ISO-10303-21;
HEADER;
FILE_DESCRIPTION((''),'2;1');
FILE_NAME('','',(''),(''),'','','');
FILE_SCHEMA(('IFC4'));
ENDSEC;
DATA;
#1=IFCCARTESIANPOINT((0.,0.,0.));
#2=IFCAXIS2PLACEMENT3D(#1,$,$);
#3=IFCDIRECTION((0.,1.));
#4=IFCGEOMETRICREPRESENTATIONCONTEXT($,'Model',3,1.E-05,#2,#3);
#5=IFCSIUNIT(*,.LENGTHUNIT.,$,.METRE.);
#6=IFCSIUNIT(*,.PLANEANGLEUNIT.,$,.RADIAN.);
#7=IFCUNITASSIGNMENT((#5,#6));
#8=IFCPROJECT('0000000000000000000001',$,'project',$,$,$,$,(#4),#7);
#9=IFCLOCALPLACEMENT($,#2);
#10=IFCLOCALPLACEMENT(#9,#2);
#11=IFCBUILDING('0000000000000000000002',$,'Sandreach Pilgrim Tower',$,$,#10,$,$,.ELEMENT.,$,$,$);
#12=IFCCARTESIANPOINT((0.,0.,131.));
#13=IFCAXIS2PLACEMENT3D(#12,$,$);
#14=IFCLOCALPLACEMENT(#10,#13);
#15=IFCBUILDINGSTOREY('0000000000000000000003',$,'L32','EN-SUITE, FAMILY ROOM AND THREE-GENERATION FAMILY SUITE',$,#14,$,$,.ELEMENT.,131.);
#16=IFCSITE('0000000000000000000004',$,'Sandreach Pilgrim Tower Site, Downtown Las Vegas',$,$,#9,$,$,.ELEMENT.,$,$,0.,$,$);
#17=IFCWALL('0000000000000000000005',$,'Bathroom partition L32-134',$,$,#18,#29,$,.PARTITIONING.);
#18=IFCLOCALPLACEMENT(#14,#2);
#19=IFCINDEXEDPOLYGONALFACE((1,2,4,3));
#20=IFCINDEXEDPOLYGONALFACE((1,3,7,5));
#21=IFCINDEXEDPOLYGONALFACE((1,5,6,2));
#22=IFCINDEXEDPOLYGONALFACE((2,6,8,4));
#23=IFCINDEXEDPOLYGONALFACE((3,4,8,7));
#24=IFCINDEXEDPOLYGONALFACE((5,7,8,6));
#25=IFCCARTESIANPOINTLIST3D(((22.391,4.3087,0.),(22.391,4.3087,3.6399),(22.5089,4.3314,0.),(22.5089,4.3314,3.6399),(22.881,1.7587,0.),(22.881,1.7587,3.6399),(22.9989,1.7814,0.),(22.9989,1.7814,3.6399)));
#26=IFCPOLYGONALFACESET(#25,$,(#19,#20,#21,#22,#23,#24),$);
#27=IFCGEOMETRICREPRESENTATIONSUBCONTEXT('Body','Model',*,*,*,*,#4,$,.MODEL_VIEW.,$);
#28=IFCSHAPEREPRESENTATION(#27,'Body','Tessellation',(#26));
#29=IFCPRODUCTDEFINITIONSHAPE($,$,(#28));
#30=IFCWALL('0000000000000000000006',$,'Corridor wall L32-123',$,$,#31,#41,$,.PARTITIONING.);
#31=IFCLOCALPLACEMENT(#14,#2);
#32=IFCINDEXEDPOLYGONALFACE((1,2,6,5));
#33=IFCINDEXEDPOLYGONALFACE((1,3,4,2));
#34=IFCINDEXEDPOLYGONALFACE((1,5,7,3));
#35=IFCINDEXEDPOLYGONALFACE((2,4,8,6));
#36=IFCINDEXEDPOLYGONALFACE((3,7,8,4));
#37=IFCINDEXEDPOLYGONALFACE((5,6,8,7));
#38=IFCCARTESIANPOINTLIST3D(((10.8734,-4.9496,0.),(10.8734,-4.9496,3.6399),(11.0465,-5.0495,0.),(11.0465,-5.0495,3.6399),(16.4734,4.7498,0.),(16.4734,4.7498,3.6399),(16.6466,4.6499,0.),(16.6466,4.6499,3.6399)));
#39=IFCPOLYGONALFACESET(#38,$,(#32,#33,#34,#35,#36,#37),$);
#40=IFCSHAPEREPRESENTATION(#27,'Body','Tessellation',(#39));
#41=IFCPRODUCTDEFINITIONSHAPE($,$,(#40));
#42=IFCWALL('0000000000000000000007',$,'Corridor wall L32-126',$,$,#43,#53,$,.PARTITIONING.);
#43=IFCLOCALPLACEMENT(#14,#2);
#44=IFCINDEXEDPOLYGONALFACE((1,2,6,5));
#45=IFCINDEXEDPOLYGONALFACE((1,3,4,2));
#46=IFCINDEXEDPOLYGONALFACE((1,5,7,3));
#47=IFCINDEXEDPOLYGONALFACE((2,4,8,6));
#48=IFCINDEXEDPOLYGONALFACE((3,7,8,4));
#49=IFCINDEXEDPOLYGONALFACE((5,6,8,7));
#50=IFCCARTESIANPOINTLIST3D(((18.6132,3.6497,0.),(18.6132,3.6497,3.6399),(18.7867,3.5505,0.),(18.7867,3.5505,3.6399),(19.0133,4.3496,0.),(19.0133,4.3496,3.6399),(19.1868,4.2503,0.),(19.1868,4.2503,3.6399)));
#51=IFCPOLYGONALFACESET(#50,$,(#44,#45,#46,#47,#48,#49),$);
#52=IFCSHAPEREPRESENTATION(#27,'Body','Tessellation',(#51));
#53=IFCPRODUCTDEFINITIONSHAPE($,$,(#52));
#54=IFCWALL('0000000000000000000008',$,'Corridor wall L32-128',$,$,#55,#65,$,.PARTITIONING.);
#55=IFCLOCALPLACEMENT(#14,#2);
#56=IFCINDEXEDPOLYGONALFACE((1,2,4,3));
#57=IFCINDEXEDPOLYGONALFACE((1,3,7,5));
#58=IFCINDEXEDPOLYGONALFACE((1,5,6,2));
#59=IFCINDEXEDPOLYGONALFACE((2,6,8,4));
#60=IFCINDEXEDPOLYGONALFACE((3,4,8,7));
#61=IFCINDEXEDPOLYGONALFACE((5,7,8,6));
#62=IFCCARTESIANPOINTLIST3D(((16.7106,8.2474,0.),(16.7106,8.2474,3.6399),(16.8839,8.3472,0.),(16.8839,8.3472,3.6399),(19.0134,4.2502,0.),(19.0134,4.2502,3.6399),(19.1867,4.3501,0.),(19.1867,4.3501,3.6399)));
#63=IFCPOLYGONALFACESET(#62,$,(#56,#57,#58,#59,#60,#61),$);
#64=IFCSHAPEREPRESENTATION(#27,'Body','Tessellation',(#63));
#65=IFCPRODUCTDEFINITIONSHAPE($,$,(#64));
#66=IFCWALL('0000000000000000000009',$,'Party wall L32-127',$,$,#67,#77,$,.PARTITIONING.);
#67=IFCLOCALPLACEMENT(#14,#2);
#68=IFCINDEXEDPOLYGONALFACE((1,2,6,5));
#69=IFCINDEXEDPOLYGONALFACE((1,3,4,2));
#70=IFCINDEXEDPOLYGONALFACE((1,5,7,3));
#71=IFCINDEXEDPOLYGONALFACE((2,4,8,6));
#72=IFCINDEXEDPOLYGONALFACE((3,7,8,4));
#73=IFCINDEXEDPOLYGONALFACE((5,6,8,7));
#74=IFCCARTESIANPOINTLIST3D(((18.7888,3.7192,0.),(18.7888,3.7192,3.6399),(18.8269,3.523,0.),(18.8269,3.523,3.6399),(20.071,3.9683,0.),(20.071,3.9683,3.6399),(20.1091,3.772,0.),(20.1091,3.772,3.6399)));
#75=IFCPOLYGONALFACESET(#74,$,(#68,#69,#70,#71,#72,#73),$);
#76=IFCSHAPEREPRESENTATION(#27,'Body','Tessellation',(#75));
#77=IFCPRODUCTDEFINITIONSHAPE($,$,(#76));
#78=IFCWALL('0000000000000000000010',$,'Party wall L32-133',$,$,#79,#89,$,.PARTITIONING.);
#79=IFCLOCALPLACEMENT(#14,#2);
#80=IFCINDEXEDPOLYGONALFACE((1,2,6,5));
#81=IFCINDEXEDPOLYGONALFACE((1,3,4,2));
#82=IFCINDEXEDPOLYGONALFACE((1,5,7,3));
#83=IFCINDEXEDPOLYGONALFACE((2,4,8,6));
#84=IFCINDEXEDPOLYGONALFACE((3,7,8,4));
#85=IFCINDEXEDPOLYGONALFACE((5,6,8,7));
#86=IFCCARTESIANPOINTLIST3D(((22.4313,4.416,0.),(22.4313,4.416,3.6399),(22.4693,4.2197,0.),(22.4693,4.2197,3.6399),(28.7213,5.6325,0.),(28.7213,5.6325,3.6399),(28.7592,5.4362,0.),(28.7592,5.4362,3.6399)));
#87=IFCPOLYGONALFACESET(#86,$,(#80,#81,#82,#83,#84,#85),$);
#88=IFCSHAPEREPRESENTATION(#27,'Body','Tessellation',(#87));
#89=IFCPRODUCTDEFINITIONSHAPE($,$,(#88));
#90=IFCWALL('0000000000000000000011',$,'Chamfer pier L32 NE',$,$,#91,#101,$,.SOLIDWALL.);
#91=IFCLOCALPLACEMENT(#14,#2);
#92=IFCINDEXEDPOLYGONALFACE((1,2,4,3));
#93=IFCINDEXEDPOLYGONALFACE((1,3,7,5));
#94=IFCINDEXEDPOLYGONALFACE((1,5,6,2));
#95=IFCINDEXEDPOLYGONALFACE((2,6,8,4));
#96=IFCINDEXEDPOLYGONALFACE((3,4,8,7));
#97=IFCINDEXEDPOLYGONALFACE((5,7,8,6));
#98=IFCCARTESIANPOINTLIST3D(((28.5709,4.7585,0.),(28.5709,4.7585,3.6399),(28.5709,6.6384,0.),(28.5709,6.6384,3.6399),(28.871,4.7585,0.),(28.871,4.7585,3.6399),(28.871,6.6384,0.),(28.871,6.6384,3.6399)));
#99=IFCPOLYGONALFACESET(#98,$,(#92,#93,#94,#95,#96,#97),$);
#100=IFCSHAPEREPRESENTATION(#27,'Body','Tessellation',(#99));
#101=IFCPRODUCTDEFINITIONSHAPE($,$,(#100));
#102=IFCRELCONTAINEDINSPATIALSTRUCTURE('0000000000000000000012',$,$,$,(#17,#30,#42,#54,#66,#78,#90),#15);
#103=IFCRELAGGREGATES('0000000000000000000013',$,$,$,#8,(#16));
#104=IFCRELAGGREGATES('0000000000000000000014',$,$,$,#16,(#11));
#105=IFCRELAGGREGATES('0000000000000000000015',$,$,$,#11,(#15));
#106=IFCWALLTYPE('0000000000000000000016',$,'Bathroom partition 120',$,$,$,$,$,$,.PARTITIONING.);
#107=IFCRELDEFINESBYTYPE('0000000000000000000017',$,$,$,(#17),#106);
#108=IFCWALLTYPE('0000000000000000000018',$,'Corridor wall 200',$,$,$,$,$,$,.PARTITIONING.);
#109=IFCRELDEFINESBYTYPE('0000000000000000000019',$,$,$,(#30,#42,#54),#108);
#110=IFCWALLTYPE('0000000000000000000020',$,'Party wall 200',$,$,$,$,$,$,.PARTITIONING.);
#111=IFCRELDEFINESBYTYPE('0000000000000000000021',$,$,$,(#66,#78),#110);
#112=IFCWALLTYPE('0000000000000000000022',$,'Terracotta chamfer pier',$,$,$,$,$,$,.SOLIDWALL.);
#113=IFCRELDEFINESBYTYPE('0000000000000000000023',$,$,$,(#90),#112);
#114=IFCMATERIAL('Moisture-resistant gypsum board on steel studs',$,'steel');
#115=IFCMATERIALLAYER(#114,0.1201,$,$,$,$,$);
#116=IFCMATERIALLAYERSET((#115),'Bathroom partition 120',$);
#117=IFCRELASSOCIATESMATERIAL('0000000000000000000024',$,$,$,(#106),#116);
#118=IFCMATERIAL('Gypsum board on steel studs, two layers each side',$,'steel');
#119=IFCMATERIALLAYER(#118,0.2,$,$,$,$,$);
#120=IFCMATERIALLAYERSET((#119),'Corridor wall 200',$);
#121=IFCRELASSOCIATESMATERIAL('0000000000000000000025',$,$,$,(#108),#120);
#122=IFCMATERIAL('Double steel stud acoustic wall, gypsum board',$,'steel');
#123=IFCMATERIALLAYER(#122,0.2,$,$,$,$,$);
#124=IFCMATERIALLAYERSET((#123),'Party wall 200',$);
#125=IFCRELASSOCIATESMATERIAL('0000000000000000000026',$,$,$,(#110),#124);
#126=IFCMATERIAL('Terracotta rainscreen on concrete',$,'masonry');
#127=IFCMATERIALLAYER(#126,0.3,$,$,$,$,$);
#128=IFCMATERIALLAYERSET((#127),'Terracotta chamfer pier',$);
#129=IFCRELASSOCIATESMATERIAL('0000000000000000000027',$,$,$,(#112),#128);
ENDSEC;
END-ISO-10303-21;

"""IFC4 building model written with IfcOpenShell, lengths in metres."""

from ifc_helpers import new_model, si_unit, direction, frame, frame_2d, origin, place, context, subcontext, project, spatial, rectangle, extrude, material, layer, layer_set, type_object, element, save


model = new_model("IFC4")

# Units and contexts
model_context = context("Model", 3, precision=1e-05, world=origin(), true_north=direction((0.0, 1.0)))
body_context = subcontext(model_context, "Body", "Model", "MODEL_VIEW")
ifc_project = project(units=[si_unit("LENGTHUNIT", "METRE"), si_unit("PLANEANGLEUNIT", "RADIAN")], contexts=[model_context])

# Site, building, storey
site_placement = place(None, origin())
site = spatial("IfcSite", under=ifc_project, at=site_placement, Name="Sandreach Pilgrim Tower Site, Downtown Las Vegas", CompositionType="ELEMENT", RefElevation=0.0)
building_placement = place(site_placement, origin())
building = spatial("IfcBuilding", under=site, at=building_placement, Name="Sandreach Pilgrim Tower", CompositionType="ELEMENT")
storey_placement = place(building_placement, frame((0.0, 0.0, 131.0)))
storey = spatial("IfcBuildingStorey", under=building, at=storey_placement, Name="L32", Description="EN-SUITE, FAMILY ROOM AND THREE-GENERATION FAMILY SUITE", CompositionType="ELEMENT", Elevation=131.0)

# Shared definitions
ifc_material_1 = material(Name="Moisture-resistant gypsum board on steel studs", Category="steel")
ifc_layer_1 = layer(ifc_material_1, 0.1201)
ifc_layer_set_1 = layer_set([ifc_layer_1], Name="Bathroom partition 120")
wall_type_1 = type_object("IfcWallType", Name="Bathroom partition 120", PredefinedType="PARTITIONING", material=ifc_layer_set_1)

# Walls
wall_1_placement = place(storey_placement, frame((22.9399, 1.77, 0.0), z_axis=(0.0, 0.0, 1.0), x_axis=(-0.188697, 0.982035, 0.0)))
element("IfcWall", 1, at=wall_1_placement, inside=storey, type_object=wall_type_1, Name="Bathroom partition L32-134", PredefinedType="PARTITIONING", context=body_context, shape_type="SweptSolid", body=[
    extrude(rectangle(XDim=2.5967, YDim=0.1201, at=frame_2d((1.2983, 0.0))), origin(), (0.0, 0.0, 1.0), 3.6399),
])
ifc_material_2 = material(Name="Gypsum board on steel studs, two layers each side", Category="steel")
ifc_layer_2 = layer(ifc_material_2, 0.2)
ifc_layer_set_2 = layer_set([ifc_layer_2], Name="Corridor wall 200")
wall_type_2 = type_object("IfcWallType", Name="Corridor wall 200", PredefinedType="PARTITIONING", material=ifc_layer_set_2)
wall_2_placement = place(storey_placement, frame((16.5601, 4.7, 0.0), z_axis=(0.0, 0.0, 1.0), x_axis=(-0.500007, -0.866021, 0.0)))
element("IfcWall", 2, at=wall_2_placement, inside=storey, type_object=wall_type_2, Name="Corridor wall L32-123", PredefinedType="PARTITIONING", context=body_context, shape_type="SweptSolid", body=[
    extrude(rectangle(XDim=11.2, YDim=0.2, at=frame_2d((5.6001, 0.0))), origin(), (0.0, 0.0, 1.0), 3.6399),
])

# Walls
wall_3_placement = place(storey_placement, frame((18.7, 3.6001, 0.0), z_axis=(0.0, 0.0, 1.0), x_axis=(0.496302, 0.86815, 0.0)))
element("IfcWall", 3, at=wall_3_placement, inside=storey, type_object=wall_type_2, Name="Corridor wall L32-126", PredefinedType="PARTITIONING", context=body_context, shape_type="SweptSolid", body=[
    extrude(rectangle(XDim=0.8062, YDim=0.2, at=frame_2d((0.4031, 0.0))), origin(), (0.0, 0.0, 1.0), 3.6399),
])
wall_4_placement = place(storey_placement, frame((19.1001, 4.3, 0.0), z_axis=(0.0, 0.0, 1.0), x_axis=(-0.499191, 0.866492, 0.0)))
element("IfcWall", 4, at=wall_4_placement, inside=storey, type_object=wall_type_2, Name="Corridor wall L32-128", PredefinedType="PARTITIONING", context=body_context, shape_type="SweptSolid", body=[
    extrude(rectangle(XDim=4.613, YDim=0.2, at=frame_2d((2.3066, 0.0))), origin(), (0.0, 0.0, 1.0), 3.6399),
])
ifc_material_3 = material(Name="Double steel stud acoustic wall, gypsum board", Category="steel")
ifc_layer_3 = layer(ifc_material_3, 0.2)
ifc_layer_set_3 = layer_set([ifc_layer_3], Name="Party wall 200")
wall_type_3 = type_object("IfcWallType", Name="Party wall 200", PredefinedType="PARTITIONING", material=ifc_layer_set_3)
wall_5_placement = place(storey_placement, frame((18.8079, 3.6211, 0.0), z_axis=(0.0, 0.0, 1.0), x_axis=(0.981658, 0.19065, 0.0)))
element("IfcWall", 5, at=wall_5_placement, inside=storey, type_object=wall_type_3, Name="Party wall L32-127", PredefinedType="PARTITIONING", context=body_context, shape_type="SweptSolid", body=[
    extrude(rectangle(XDim=1.3062, YDim=0.2, at=frame_2d((0.6531, 0.0))), origin(), (0.0, 0.0, 1.0), 3.6399),
])
wall_6_placement = place(storey_placement, frame((22.4504, 4.3179, 0.0), z_axis=(0.0, 0.0, 1.0), x_axis=(0.981805, 0.18989, 0.0)))
element("IfcWall", 6, at=wall_6_placement, inside=storey, type_object=wall_type_3, Name="Party wall L32-133", PredefinedType="PARTITIONING", context=body_context, shape_type="SweptSolid", body=[
    extrude(rectangle(XDim=6.4065, YDim=0.2, at=frame_2d((3.2031, 0.0))), origin(), (0.0, 0.0, 1.0), 3.6399),
])
ifc_material_4 = material(Name="Terracotta rainscreen on concrete", Category="masonry")
ifc_layer_4 = layer(ifc_material_4, 0.3)
ifc_layer_set_4 = layer_set([ifc_layer_4], Name="Terracotta chamfer pier")
wall_type_4 = type_object("IfcWallType", Name="Terracotta chamfer pier", PredefinedType="SOLIDWALL", material=ifc_layer_set_4)
wall_7_placement = place(storey_placement, frame((28.7209, 6.6384, 0.0), z_axis=(0.0, 0.0, 1.0), x_axis=(0.0, -1.0, 0.0)))
element("IfcWall", 7, at=wall_7_placement, inside=storey, type_object=wall_type_4, Name="Chamfer pier L32 NE", PredefinedType="SOLIDWALL", context=body_context, shape_type="SweptSolid", body=[
    extrude(rectangle(XDim=1.8799, YDim=0.3, at=frame_2d((0.9399, 0.0))), origin(), (0.0, 0.0, 1.0), 3.6399),
])

save(model, "model.ifc")
